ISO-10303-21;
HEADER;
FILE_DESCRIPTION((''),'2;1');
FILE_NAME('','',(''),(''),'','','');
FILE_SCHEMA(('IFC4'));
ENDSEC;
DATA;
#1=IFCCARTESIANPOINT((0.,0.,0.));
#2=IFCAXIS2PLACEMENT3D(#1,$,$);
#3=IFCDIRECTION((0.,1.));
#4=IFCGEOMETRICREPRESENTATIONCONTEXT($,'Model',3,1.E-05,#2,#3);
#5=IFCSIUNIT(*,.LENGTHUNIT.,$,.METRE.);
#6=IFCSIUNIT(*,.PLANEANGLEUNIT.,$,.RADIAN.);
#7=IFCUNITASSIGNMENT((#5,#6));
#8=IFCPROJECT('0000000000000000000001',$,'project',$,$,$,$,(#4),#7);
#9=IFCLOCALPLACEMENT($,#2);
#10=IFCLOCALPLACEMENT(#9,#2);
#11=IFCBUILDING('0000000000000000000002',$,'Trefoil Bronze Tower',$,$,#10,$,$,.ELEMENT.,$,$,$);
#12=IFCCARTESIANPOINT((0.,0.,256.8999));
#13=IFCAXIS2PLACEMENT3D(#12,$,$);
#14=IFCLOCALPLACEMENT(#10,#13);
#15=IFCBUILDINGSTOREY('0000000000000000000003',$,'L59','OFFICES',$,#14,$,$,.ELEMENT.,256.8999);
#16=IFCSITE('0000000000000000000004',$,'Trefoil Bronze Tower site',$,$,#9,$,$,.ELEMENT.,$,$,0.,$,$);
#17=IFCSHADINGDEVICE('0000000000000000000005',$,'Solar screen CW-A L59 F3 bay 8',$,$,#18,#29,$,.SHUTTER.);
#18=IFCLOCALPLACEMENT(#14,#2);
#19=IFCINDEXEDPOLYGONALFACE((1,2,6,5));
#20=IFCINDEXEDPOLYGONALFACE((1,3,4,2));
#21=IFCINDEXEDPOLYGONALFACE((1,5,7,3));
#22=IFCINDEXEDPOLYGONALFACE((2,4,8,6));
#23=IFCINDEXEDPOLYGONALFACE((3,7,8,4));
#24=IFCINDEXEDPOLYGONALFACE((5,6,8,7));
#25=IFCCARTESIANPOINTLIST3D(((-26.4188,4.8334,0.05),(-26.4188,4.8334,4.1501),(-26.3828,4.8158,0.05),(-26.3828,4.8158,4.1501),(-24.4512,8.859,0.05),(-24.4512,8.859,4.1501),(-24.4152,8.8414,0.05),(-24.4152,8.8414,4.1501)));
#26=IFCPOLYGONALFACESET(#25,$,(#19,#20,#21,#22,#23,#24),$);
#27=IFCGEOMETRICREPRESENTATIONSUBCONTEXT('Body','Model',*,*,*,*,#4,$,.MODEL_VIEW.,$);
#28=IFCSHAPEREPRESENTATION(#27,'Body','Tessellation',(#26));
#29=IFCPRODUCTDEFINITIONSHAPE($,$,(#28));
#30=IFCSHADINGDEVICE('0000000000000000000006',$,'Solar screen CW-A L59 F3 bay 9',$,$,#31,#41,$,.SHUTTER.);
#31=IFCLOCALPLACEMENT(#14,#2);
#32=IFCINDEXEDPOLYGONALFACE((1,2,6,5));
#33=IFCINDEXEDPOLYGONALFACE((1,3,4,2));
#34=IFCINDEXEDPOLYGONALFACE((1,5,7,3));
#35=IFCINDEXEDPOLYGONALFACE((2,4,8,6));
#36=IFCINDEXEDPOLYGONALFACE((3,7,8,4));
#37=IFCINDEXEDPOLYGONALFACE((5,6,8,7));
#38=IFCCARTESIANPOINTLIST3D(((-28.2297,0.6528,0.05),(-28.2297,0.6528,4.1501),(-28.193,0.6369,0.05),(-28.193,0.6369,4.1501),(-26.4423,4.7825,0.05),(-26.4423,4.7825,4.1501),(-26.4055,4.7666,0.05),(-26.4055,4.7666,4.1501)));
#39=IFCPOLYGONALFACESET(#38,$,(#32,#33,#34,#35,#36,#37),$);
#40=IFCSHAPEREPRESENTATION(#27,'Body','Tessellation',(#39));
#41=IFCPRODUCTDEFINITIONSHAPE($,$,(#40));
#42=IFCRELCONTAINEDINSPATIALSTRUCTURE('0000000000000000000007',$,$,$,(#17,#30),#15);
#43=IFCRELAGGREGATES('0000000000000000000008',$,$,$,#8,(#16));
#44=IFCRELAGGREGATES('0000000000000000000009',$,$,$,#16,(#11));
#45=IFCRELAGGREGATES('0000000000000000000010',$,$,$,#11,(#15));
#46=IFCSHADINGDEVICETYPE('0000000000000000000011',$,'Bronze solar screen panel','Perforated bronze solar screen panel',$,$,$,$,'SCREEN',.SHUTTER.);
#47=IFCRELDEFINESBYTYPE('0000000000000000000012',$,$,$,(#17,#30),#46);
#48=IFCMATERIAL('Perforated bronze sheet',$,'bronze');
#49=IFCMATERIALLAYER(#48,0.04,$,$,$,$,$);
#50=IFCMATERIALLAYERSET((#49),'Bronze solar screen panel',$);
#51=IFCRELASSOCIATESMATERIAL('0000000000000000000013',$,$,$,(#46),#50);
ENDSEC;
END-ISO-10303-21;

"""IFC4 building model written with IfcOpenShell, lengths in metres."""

from ifc_helpers import new_model, si_unit, direction, frame, origin, origin_2d, place, context, subcontext, project, spatial, rectangle, extrude, material, layer, layer_set, type_object, element, save


model = new_model("IFC4")

# Units and contexts
model_context = context("Model", 3, precision=1e-05, world=origin(), true_north=direction((0.0, 1.0)))
body_context = subcontext(model_context, "Body", "Model", "MODEL_VIEW")
ifc_project = project(units=[si_unit("LENGTHUNIT", "METRE"), si_unit("PLANEANGLEUNIT", "RADIAN")], contexts=[model_context])

# Site, building, storey
site_placement = place(None, origin())
site = spatial("IfcSite", under=ifc_project, at=site_placement, Name="Trefoil Bronze Tower site", CompositionType="ELEMENT", RefElevation=0.0)
building_placement = place(site_placement, origin())
building = spatial("IfcBuilding", under=site, at=building_placement, Name="Trefoil Bronze Tower", CompositionType="ELEMENT")
storey_placement = place(building_placement, frame((0.0, 0.0, 256.8999)))
storey = spatial("IfcBuildingStorey", under=building, at=storey_placement, Name="L59", Description="OFFICES", CompositionType="ELEMENT", Elevation=256.8999)

# Shading devices
ifc_material_1 = material(Name="Perforated bronze sheet", Category="bronze")
ifc_layer_1 = layer(ifc_material_1, 0.04)
ifc_layer_set_1 = layer_set([ifc_layer_1], Name="Bronze solar screen panel")
shading_device_type = type_object("IfcShadingDeviceType", Name="Bronze solar screen panel", Description="Perforated bronze solar screen panel", ElementType="SCREEN", PredefinedType="SHUTTER", material=ifc_layer_set_1)
shading_device_1_placement = place(storey_placement, frame((-25.417, 6.8374, 0.05), z_axis=(0.0, 0.0, 1.0), x_axis=(-0.439129, -0.898424, 0.0)))
element("IfcShadingDevice", 1, at=shading_device_1_placement, inside=storey, type_object=shading_device_type, Name="Solar screen CW-A L59 F3 bay 8", PredefinedType="SHUTTER", context=body_context, shape_type="SweptSolid", body=[
    extrude(rectangle(XDim=4.4807, YDim=0.04, at=origin_2d()), origin(), (0.0, 0.0, 1.0), 4.1001),
])
shading_device_2_placement = place(storey_placement, frame((-27.3176, 2.7097, 0.05), z_axis=(0.0, 0.0, 1.0), x_axis=(-0.39722, -0.917723, 0.0)))
element("IfcShadingDevice", 2, at=shading_device_2_placement, inside=storey, type_object=shading_device_type, Name="Solar screen CW-A L59 F3 bay 9", PredefinedType="SHUTTER", context=body_context, shape_type="SweptSolid", body=[
    extrude(rectangle(XDim=4.5, YDim=0.04, at=origin_2d()), origin(), (0.0, 0.0, 1.0), 4.1001),
])

save(model, "model.ifc")
